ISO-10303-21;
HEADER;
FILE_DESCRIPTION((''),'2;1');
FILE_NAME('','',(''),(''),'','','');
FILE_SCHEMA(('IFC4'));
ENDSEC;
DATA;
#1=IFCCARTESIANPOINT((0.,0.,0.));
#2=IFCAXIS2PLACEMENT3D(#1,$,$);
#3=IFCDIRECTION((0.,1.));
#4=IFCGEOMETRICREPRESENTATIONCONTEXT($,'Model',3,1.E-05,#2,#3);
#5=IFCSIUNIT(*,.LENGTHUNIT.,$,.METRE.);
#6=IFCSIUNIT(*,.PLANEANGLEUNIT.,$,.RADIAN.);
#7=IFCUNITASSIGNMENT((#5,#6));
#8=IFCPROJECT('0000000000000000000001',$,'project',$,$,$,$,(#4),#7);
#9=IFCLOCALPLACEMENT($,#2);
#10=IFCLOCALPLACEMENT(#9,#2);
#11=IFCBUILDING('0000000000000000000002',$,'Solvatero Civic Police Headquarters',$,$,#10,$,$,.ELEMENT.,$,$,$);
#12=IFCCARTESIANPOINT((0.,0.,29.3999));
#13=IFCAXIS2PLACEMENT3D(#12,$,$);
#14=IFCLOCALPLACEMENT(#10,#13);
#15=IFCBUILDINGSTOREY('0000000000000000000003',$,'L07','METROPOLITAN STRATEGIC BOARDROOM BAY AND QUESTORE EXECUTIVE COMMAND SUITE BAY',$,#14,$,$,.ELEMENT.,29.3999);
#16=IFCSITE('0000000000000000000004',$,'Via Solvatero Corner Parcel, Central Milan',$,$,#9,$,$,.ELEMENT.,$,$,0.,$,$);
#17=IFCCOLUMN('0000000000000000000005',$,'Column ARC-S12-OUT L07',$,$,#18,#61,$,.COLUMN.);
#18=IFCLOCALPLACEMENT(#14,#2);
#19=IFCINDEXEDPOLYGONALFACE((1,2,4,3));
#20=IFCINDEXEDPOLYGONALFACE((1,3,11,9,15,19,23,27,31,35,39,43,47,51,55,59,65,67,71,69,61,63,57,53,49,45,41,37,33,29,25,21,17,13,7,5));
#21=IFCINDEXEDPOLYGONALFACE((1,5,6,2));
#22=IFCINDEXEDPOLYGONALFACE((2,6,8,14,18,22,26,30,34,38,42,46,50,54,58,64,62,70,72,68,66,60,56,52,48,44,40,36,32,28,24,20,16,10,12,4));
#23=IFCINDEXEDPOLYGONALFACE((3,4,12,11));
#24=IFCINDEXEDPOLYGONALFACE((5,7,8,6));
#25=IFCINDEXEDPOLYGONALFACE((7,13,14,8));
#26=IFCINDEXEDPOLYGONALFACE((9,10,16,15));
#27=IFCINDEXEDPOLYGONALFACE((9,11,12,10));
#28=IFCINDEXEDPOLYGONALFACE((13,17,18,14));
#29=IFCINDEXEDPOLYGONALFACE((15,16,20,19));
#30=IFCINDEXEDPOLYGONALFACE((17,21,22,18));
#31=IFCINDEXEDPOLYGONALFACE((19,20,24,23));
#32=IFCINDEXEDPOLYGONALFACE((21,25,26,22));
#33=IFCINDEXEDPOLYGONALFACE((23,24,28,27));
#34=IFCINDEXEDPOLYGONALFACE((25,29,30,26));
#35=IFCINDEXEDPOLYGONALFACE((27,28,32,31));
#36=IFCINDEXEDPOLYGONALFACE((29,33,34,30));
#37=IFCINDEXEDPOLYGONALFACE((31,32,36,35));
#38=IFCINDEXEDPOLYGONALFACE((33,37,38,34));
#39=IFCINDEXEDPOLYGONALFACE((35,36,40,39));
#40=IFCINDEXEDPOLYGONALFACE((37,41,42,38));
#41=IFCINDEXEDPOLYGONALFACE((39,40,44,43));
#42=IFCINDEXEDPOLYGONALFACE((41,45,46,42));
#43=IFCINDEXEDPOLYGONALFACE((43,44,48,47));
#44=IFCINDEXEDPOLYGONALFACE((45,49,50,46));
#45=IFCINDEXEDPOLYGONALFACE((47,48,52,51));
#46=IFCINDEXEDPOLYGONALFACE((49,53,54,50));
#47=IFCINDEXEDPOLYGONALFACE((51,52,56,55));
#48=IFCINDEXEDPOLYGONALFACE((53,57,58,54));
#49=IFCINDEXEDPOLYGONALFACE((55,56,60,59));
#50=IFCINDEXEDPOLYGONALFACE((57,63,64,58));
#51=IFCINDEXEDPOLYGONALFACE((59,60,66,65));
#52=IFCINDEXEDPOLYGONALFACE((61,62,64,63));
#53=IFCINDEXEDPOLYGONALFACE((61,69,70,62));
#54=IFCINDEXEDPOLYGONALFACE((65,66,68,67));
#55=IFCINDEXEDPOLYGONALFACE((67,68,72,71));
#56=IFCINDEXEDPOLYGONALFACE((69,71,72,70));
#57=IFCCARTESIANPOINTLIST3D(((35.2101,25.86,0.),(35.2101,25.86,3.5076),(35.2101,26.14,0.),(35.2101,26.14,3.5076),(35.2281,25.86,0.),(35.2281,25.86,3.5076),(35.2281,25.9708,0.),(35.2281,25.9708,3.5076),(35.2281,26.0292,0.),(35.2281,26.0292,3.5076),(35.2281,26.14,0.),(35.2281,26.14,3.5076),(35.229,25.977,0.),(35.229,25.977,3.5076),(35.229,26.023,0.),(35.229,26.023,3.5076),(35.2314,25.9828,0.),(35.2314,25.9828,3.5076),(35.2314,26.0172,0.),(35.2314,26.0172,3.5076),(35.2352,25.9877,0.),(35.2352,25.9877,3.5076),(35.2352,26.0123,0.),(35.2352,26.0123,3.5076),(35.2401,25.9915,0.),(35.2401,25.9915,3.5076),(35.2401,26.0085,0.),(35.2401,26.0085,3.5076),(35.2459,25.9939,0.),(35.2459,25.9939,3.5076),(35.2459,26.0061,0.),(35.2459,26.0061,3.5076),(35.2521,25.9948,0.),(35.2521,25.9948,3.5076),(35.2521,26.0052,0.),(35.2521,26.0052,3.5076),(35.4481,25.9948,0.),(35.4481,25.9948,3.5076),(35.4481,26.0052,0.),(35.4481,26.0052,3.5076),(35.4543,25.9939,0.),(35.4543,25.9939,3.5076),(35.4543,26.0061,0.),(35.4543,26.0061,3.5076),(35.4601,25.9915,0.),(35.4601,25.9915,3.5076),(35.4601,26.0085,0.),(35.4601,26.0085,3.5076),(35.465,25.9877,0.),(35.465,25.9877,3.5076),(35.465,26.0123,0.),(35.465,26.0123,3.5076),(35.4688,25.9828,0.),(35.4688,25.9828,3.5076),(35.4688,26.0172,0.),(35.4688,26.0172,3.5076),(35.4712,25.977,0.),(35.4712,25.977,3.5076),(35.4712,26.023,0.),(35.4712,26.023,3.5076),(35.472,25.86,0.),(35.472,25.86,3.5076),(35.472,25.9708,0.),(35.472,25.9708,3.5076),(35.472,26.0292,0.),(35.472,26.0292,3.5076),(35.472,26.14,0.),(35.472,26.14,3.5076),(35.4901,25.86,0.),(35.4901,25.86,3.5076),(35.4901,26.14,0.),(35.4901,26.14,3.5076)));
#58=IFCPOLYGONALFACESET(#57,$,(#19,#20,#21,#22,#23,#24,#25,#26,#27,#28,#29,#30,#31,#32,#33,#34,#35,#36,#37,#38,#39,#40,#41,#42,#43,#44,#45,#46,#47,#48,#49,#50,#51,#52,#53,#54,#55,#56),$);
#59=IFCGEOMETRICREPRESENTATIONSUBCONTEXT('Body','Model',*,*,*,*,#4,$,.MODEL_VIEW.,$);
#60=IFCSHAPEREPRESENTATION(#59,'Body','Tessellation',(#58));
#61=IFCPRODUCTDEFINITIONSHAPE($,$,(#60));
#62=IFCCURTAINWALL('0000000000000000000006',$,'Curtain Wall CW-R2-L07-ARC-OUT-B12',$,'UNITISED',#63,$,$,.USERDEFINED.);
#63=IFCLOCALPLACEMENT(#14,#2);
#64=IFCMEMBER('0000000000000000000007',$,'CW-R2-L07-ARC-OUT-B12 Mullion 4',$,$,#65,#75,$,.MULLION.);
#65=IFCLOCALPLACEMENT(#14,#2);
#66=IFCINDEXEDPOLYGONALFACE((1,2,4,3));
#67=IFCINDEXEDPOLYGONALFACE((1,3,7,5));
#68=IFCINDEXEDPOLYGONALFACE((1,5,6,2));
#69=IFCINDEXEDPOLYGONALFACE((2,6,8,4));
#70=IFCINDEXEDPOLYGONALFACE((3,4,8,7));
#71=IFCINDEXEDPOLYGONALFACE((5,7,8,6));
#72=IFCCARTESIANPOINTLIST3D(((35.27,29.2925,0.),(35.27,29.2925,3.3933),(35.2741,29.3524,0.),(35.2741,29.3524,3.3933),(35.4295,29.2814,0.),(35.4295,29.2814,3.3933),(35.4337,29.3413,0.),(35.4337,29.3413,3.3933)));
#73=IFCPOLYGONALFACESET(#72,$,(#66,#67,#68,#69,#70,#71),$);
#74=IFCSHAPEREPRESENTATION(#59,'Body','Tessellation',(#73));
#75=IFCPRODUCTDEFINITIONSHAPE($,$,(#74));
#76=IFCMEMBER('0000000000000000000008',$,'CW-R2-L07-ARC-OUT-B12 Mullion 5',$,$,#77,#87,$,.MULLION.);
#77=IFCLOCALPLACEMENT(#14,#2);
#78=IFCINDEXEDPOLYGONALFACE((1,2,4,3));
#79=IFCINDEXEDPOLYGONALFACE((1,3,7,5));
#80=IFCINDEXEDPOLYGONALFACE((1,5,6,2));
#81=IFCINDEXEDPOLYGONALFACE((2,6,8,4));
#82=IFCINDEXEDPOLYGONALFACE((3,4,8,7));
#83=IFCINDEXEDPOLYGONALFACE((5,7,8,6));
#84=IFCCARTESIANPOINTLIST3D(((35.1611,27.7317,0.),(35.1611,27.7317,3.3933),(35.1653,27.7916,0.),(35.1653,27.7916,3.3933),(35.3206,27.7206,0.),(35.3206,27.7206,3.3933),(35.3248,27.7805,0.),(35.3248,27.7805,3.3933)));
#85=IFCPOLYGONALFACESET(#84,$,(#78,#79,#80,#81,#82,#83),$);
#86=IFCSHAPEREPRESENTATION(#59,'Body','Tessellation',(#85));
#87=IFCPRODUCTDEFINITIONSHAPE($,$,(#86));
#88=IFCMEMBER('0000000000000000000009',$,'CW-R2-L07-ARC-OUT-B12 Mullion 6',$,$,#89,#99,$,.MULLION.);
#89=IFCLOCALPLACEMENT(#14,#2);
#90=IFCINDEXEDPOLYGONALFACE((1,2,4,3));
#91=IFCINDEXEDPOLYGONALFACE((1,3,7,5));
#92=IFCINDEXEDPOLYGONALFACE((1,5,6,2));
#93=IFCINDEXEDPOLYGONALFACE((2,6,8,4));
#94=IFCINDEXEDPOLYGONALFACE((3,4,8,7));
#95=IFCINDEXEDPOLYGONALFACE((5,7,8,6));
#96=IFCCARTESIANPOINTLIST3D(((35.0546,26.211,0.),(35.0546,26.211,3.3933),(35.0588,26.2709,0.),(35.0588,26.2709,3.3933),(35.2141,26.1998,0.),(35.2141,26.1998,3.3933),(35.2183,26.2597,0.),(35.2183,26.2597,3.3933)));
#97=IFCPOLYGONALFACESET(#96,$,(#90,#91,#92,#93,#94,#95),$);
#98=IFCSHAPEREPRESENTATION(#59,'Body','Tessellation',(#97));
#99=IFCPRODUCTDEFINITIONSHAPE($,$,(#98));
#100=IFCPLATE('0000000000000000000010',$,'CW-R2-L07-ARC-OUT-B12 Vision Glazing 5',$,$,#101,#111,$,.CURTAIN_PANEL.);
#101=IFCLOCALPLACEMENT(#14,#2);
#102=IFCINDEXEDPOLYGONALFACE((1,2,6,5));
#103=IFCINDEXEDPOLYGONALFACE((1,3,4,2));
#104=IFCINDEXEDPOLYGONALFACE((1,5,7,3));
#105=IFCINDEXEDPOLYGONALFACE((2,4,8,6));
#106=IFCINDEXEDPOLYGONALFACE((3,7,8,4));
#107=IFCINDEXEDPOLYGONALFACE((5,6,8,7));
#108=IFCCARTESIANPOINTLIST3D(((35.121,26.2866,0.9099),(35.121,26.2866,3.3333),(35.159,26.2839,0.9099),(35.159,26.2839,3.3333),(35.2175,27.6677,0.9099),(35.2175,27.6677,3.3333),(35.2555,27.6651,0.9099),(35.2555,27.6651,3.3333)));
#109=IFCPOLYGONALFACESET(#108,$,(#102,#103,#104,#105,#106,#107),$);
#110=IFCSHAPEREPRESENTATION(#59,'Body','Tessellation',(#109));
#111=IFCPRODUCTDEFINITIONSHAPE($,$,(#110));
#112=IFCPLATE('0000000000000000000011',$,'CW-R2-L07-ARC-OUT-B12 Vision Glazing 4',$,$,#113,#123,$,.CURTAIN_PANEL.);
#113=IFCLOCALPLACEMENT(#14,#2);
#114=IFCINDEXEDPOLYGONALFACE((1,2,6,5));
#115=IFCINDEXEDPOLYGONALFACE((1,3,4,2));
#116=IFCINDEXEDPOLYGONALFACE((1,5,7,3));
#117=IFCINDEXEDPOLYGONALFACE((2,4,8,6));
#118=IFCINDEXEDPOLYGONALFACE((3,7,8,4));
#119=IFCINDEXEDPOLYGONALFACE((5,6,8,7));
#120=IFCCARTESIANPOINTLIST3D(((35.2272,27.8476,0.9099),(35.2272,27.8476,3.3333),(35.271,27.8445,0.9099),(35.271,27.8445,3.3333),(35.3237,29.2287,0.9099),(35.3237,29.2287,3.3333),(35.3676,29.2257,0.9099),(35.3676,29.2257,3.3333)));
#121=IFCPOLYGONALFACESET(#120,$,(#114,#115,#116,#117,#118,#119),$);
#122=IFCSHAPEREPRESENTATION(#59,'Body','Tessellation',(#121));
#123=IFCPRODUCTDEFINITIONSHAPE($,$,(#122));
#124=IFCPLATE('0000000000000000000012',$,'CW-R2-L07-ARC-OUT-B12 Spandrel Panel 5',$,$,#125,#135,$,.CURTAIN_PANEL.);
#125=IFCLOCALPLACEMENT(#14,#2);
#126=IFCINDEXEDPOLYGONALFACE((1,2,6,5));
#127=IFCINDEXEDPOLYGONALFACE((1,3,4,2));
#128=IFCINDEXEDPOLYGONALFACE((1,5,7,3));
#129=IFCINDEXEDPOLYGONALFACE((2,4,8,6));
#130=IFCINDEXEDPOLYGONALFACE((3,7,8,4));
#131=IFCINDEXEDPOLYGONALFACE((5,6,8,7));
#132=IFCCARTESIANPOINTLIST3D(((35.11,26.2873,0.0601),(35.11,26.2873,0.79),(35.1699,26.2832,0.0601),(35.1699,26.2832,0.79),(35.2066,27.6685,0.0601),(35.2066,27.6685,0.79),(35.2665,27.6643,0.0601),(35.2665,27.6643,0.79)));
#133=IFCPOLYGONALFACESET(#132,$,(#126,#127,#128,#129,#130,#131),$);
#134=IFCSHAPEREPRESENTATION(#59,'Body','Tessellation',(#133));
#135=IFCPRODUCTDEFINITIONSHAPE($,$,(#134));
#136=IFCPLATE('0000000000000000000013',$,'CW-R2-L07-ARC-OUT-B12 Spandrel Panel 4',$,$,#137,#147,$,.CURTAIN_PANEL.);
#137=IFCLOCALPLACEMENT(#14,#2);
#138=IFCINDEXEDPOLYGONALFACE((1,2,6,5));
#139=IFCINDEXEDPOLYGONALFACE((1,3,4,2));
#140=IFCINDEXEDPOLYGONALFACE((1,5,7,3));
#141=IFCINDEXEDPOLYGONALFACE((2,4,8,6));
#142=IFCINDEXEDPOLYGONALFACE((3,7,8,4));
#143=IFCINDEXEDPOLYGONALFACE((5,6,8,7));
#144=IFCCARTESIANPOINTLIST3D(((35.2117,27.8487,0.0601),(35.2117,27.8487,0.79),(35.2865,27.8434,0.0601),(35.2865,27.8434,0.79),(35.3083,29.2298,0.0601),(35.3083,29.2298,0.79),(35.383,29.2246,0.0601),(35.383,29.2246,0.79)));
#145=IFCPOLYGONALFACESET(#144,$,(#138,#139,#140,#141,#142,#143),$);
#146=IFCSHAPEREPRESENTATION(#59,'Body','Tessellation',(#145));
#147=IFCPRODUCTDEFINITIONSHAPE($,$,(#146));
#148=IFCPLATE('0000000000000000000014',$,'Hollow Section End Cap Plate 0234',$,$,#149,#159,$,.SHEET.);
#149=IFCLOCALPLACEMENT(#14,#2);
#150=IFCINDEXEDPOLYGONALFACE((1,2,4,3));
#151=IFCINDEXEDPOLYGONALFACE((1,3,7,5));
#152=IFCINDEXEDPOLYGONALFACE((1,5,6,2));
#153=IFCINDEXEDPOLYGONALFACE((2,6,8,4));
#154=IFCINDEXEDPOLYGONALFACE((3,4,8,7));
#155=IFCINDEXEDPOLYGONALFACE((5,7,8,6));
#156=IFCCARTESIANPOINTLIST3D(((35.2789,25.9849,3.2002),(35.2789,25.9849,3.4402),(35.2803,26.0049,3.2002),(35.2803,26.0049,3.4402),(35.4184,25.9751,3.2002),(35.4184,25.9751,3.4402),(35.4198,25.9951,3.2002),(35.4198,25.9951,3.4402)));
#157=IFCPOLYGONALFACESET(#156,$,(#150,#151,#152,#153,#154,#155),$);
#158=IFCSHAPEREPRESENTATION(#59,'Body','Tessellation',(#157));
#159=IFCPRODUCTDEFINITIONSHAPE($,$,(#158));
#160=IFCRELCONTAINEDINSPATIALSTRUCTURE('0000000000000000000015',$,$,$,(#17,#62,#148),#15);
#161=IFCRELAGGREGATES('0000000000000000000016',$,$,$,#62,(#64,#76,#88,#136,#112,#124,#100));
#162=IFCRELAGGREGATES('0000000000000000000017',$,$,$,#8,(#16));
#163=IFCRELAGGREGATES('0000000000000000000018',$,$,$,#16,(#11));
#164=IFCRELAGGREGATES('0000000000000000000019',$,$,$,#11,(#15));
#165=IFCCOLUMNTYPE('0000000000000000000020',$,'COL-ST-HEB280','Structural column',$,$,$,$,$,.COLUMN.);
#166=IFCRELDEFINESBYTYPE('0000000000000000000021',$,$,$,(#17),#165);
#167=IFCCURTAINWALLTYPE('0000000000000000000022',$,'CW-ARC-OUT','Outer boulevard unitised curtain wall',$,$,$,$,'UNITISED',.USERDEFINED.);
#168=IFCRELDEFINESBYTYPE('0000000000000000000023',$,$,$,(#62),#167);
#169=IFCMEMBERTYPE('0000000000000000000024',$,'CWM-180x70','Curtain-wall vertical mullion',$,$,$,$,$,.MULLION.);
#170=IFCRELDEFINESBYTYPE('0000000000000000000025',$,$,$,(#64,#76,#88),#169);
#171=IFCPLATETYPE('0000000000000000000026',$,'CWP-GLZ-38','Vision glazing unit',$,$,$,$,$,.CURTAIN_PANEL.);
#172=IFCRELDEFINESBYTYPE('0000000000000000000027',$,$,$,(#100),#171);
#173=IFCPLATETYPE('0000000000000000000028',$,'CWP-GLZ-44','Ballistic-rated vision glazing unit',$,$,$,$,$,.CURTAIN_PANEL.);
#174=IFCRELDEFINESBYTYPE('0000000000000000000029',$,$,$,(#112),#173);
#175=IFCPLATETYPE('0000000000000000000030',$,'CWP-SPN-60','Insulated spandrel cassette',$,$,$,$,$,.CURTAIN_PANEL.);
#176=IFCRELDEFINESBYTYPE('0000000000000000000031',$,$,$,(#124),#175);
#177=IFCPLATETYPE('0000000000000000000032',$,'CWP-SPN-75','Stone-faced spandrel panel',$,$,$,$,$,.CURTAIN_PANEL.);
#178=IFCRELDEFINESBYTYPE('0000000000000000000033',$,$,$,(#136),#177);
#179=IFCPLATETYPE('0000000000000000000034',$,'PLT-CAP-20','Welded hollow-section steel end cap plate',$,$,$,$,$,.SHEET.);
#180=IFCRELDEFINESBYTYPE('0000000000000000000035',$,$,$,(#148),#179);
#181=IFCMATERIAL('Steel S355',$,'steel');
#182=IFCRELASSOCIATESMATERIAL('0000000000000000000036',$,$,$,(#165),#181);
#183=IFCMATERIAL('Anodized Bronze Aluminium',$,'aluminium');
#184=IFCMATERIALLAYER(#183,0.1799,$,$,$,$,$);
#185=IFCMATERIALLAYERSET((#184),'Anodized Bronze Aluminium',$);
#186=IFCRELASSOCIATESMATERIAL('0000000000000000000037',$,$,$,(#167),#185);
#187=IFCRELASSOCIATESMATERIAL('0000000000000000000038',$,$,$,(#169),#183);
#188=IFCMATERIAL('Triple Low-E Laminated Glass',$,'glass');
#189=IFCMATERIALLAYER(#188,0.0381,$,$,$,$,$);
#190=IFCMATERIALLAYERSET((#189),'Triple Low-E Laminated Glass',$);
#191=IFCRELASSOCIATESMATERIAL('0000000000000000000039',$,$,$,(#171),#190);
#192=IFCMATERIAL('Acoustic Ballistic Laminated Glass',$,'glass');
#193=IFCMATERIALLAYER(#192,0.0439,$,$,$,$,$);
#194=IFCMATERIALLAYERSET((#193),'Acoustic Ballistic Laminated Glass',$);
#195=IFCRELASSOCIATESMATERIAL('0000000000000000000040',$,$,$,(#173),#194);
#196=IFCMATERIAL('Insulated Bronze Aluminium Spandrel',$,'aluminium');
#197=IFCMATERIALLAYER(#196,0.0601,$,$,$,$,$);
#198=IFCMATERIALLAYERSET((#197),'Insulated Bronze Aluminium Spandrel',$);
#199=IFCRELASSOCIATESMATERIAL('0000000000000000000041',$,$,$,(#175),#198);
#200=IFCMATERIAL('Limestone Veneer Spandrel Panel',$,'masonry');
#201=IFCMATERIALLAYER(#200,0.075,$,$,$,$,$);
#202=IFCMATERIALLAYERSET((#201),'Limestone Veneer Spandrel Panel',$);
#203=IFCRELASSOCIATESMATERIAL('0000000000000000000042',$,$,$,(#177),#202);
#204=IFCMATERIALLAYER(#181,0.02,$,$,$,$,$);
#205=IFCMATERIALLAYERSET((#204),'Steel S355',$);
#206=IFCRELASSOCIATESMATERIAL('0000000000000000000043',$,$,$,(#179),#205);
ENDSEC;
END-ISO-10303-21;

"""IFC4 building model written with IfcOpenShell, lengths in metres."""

from ifc_helpers import new_model, si_unit, direction, frame, origin, origin_2d, place, context, subcontext, project, spatial, rectangle, i_section, extrude, material, layer, layer_set, material_profile, profile_set, type_object, element, aggregate, save


model = new_model("IFC4")

# Units and contexts
model_context = context("Model", 3, precision=1e-05, world=origin(), true_north=direction((0.0, 1.0)))
body_context = subcontext(model_context, "Body", "Model", "MODEL_VIEW")
ifc_project = project(units=[si_unit("LENGTHUNIT", "METRE"), si_unit("PLANEANGLEUNIT", "RADIAN")], contexts=[model_context])

# Site, building, storey
site_placement = place(None, origin())
site = spatial("IfcSite", under=ifc_project, at=site_placement, Name="Via Solvatero Corner Parcel, Central Milan", CompositionType="ELEMENT", RefElevation=0.0)
building_placement = place(site_placement, origin())
building = spatial("IfcBuilding", under=site, at=building_placement, Name="Solvatero Civic Police Headquarters", CompositionType="ELEMENT")
storey_placement = place(building_placement, frame((0.0, 0.0, 29.3999)))
storey = spatial("IfcBuildingStorey", under=building, at=storey_placement, Name="L07", Description="METROPOLITAN STRATEGIC BOARDROOM BAY AND QUESTORE EXECUTIVE COMMAND SUITE BAY", CompositionType="ELEMENT", Elevation=29.3999)

# Column
ifc_material_1 = material(Name="Steel S355", Category="steel")
ifc_material_profile_1 = material_profile(ifc_material_1, i_section(OverallWidth=0.28, OverallDepth=0.28, WebThickness=0.0105, FlangeThickness=0.0181, FilletRadius=0.0239, at=origin_2d()), Name="HEB 280")
ifc_profile_set_1 = profile_set([ifc_material_profile_1], Name="Steel S355")
column_type = type_object("IfcColumnType", Name="COL-ST-HEB280", Description="Structural column", PredefinedType="COLUMN", material=ifc_profile_set_1)
column_placement = place(storey_placement, frame((35.3501, 26.0, 0.0), z_axis=(0.0, 0.0, 1.0), x_axis=(0.0, 1.0, 0.0)))
element("IfcColumn", 1, at=column_placement, inside=storey, type_object=column_type, Name="Column ARC-S12-OUT L07", PredefinedType="COLUMN", context=body_context, shape_type="SweptSolid", body=[
    extrude(i_section(OverallWidth=0.28, OverallDepth=0.28, WebThickness=0.0105, FlangeThickness=0.0181, FilletRadius=0.0239, at=origin_2d()), origin(), (0.0, 0.0, 1.0), 3.5076),
])

# Curtain wall, members, plates
ifc_material_2 = material(Name="Anodized Bronze Aluminium", Category="aluminium")
ifc_layer_1 = layer(ifc_material_2, 0.1799)
ifc_layer_set_1 = layer_set([ifc_layer_1], Name="Anodized Bronze Aluminium")
curtain_wall_type = type_object("IfcCurtainWallType", Name="CW-ARC-OUT", Description="Outer boulevard unitised curtain wall", ElementType="UNITISED", PredefinedType="USERDEFINED", material=ifc_layer_set_1)
curtain_wall_placement = place(storey_placement, origin())
curtain_wall = element("IfcCurtainWall", 2, at=curtain_wall_placement, inside=storey, type_object=curtain_wall_type, Name="Curtain Wall CW-R2-L07-ARC-OUT-B12", ObjectType="UNITISED", PredefinedType="USERDEFINED")
ifc_material_profile_2 = material_profile(ifc_material_2, rectangle(XDim=0.0601, YDim=0.1599, at=origin_2d()), Name="ALU MULLION 60x160")
ifc_profile_set_2 = profile_set([ifc_material_profile_2], Name="Anodized Bronze Aluminium")
member_type = type_object("IfcMemberType", Name="CWM-180x70", Description="Curtain-wall vertical mullion", PredefinedType="MULLION", material=ifc_profile_set_2)
member_1_placement = place(storey_placement, frame((35.3518, 29.3169, 0.0), z_axis=(0.0, 0.0, 1.0), x_axis=(-0.069739, -0.997565, 0.0)))
member_1 = element("IfcMember", 3, at=member_1_placement, type_object=member_type, Name="CW-R2-L07-ARC-OUT-B12 Mullion 4", PredefinedType="MULLION", context=body_context, shape_type="SweptSolid", body=[
    extrude(rectangle(XDim=0.0601, YDim=0.1599, at=origin_2d()), origin(), (0.0, 0.0, 1.0), 3.3933),
])
member_2_placement = place(storey_placement, frame((35.2429, 27.7561, 0.0), z_axis=(0.0, 0.0, 1.0), x_axis=(-0.069739, -0.997565, 0.0)))
member_2 = element("IfcMember", 4, at=member_2_placement, type_object=member_type, Name="CW-R2-L07-ARC-OUT-B12 Mullion 5", PredefinedType="MULLION", context=body_context, shape_type="SweptSolid", body=[
    extrude(rectangle(XDim=0.0601, YDim=0.1599, at=origin_2d()), origin(), (0.0, 0.0, 1.0), 3.3933),
])
member_3_placement = place(storey_placement, frame((35.1365, 26.2354, 0.0), z_axis=(0.0, 0.0, 1.0), x_axis=(-0.069739, -0.997565, 0.0)))
member_3 = element("IfcMember", 5, at=member_3_placement, type_object=member_type, Name="CW-R2-L07-ARC-OUT-B12 Mullion 6", PredefinedType="MULLION", context=body_context, shape_type="SweptSolid", body=[
    extrude(rectangle(XDim=0.0601, YDim=0.1599, at=origin_2d()), origin(), (0.0, 0.0, 1.0), 3.3933),
])
ifc_material_3 = material(Name="Triple Low-E Laminated Glass", Category="glass")
ifc_layer_2 = layer(ifc_material_3, 0.0381)
ifc_layer_set_2 = layer_set([ifc_layer_2], Name="Triple Low-E Laminated Glass")
plate_type_1 = type_object("IfcPlateType", Name="CWP-GLZ-38", Description="Vision glazing unit", PredefinedType="CURTAIN_PANEL", material=ifc_layer_set_2)
plate_1_placement = place(storey_placement, frame((35.1882, 26.9758, 0.9099), z_axis=(0.0, 0.0, 1.0), x_axis=(-0.069739, -0.997565, 0.0)))
plate_1 = element("IfcPlate", 6, at=plate_1_placement, type_object=plate_type_1, Name="CW-R2-L07-ARC-OUT-B12 Vision Glazing 5", PredefinedType="CURTAIN_PANEL", context=body_context, shape_type="SweptSolid", body=[
    extrude(rectangle(XDim=1.3845, YDim=0.0381, at=origin_2d()), origin(), (0.0, 0.0, 1.0), 2.4233),
])
ifc_material_4 = material(Name="Acoustic Ballistic Laminated Glass", Category="glass")
ifc_layer_3 = layer(ifc_material_4, 0.0439)
ifc_layer_set_3 = layer_set([ifc_layer_3], Name="Acoustic Ballistic Laminated Glass")
plate_type_2 = type_object("IfcPlateType", Name="CWP-GLZ-44", Description="Ballistic-rated vision glazing unit", PredefinedType="CURTAIN_PANEL", material=ifc_layer_set_3)
plate_2_placement = place(storey_placement, frame((35.2974, 28.5366, 0.9099), z_axis=(0.0, 0.0, 1.0), x_axis=(-0.069739, -0.997565, 0.0)))
plate_2 = element("IfcPlate", 7, at=plate_2_placement, type_object=plate_type_2, Name="CW-R2-L07-ARC-OUT-B12 Vision Glazing 4", PredefinedType="CURTAIN_PANEL", context=body_context, shape_type="SweptSolid", body=[
    extrude(rectangle(XDim=1.3845, YDim=0.0439, at=origin_2d()), origin(), (0.0, 0.0, 1.0), 2.4233),
])
ifc_material_5 = material(Name="Insulated Bronze Aluminium Spandrel", Category="aluminium")
ifc_layer_4 = layer(ifc_material_5, 0.0601)
ifc_layer_set_4 = layer_set([ifc_layer_4], Name="Insulated Bronze Aluminium Spandrel")
plate_type_3 = type_object("IfcPlateType", Name="CWP-SPN-60", Description="Insulated spandrel cassette", PredefinedType="CURTAIN_PANEL", material=ifc_layer_set_4)
plate_3_placement = place(storey_placement, frame((35.1882, 26.9758, 0.0601), z_axis=(0.0, 0.0, 1.0), x_axis=(-0.069739, -0.997565, 0.0)))
plate_3 = element("IfcPlate", 8, at=plate_3_placement, type_object=plate_type_3, Name="CW-R2-L07-ARC-OUT-B12 Spandrel Panel 5", PredefinedType="CURTAIN_PANEL", context=body_context, shape_type="SweptSolid", body=[
    extrude(rectangle(XDim=1.3845, YDim=0.0601, at=origin_2d()), origin(), (0.0, 0.0, 1.0), 0.73),
])
ifc_material_6 = material(Name="Limestone Veneer Spandrel Panel", Category="masonry")
ifc_layer_5 = layer(ifc_material_6, 0.075)
ifc_layer_set_5 = layer_set([ifc_layer_5], Name="Limestone Veneer Spandrel Panel")
plate_type_4 = type_object("IfcPlateType", Name="CWP-SPN-75", Description="Stone-faced spandrel panel", PredefinedType="CURTAIN_PANEL", material=ifc_layer_set_5)
plate_4_placement = place(storey_placement, frame((35.2974, 28.5366, 0.0601), z_axis=(0.0, 0.0, 1.0), x_axis=(-0.069739, -0.997565, 0.0)))
plate_4 = element("IfcPlate", 9, at=plate_4_placement, type_object=plate_type_4, Name="CW-R2-L07-ARC-OUT-B12 Spandrel Panel 4", PredefinedType="CURTAIN_PANEL", context=body_context, shape_type="SweptSolid", body=[
    extrude(rectangle(XDim=1.3845, YDim=0.075, at=origin_2d()), origin(), (0.0, 0.0, 1.0), 0.73),
])
aggregate(curtain_wall, [member_1, member_2, member_3, plate_4, plate_2, plate_3, plate_1])

# Plate
ifc_layer_6 = layer(ifc_material_1, 0.02)
ifc_layer_set_6 = layer_set([ifc_layer_6], Name="Steel S355")
plate_type_5 = type_object("IfcPlateType", Name="PLT-CAP-20", Description="Welded hollow-section steel end cap plate", PredefinedType="SHEET", material=ifc_layer_set_6)
plate_5_placement = place(storey_placement, frame((35.3494, 25.99, 3.2002), z_axis=(0.0, 0.0, 1.0), x_axis=(-0.069756, -0.997564, 0.0)))
element("IfcPlate", 10, at=plate_5_placement, inside=storey, type_object=plate_type_5, Name="Hollow Section End Cap Plate 0234", PredefinedType="SHEET", context=body_context, shape_type="SweptSolid", body=[
    extrude(rectangle(XDim=0.02, YDim=0.1399, at=origin_2d()), origin(), (0.0, 0.0, 1.0), 0.24),
])

save(model, "model.ifc")
